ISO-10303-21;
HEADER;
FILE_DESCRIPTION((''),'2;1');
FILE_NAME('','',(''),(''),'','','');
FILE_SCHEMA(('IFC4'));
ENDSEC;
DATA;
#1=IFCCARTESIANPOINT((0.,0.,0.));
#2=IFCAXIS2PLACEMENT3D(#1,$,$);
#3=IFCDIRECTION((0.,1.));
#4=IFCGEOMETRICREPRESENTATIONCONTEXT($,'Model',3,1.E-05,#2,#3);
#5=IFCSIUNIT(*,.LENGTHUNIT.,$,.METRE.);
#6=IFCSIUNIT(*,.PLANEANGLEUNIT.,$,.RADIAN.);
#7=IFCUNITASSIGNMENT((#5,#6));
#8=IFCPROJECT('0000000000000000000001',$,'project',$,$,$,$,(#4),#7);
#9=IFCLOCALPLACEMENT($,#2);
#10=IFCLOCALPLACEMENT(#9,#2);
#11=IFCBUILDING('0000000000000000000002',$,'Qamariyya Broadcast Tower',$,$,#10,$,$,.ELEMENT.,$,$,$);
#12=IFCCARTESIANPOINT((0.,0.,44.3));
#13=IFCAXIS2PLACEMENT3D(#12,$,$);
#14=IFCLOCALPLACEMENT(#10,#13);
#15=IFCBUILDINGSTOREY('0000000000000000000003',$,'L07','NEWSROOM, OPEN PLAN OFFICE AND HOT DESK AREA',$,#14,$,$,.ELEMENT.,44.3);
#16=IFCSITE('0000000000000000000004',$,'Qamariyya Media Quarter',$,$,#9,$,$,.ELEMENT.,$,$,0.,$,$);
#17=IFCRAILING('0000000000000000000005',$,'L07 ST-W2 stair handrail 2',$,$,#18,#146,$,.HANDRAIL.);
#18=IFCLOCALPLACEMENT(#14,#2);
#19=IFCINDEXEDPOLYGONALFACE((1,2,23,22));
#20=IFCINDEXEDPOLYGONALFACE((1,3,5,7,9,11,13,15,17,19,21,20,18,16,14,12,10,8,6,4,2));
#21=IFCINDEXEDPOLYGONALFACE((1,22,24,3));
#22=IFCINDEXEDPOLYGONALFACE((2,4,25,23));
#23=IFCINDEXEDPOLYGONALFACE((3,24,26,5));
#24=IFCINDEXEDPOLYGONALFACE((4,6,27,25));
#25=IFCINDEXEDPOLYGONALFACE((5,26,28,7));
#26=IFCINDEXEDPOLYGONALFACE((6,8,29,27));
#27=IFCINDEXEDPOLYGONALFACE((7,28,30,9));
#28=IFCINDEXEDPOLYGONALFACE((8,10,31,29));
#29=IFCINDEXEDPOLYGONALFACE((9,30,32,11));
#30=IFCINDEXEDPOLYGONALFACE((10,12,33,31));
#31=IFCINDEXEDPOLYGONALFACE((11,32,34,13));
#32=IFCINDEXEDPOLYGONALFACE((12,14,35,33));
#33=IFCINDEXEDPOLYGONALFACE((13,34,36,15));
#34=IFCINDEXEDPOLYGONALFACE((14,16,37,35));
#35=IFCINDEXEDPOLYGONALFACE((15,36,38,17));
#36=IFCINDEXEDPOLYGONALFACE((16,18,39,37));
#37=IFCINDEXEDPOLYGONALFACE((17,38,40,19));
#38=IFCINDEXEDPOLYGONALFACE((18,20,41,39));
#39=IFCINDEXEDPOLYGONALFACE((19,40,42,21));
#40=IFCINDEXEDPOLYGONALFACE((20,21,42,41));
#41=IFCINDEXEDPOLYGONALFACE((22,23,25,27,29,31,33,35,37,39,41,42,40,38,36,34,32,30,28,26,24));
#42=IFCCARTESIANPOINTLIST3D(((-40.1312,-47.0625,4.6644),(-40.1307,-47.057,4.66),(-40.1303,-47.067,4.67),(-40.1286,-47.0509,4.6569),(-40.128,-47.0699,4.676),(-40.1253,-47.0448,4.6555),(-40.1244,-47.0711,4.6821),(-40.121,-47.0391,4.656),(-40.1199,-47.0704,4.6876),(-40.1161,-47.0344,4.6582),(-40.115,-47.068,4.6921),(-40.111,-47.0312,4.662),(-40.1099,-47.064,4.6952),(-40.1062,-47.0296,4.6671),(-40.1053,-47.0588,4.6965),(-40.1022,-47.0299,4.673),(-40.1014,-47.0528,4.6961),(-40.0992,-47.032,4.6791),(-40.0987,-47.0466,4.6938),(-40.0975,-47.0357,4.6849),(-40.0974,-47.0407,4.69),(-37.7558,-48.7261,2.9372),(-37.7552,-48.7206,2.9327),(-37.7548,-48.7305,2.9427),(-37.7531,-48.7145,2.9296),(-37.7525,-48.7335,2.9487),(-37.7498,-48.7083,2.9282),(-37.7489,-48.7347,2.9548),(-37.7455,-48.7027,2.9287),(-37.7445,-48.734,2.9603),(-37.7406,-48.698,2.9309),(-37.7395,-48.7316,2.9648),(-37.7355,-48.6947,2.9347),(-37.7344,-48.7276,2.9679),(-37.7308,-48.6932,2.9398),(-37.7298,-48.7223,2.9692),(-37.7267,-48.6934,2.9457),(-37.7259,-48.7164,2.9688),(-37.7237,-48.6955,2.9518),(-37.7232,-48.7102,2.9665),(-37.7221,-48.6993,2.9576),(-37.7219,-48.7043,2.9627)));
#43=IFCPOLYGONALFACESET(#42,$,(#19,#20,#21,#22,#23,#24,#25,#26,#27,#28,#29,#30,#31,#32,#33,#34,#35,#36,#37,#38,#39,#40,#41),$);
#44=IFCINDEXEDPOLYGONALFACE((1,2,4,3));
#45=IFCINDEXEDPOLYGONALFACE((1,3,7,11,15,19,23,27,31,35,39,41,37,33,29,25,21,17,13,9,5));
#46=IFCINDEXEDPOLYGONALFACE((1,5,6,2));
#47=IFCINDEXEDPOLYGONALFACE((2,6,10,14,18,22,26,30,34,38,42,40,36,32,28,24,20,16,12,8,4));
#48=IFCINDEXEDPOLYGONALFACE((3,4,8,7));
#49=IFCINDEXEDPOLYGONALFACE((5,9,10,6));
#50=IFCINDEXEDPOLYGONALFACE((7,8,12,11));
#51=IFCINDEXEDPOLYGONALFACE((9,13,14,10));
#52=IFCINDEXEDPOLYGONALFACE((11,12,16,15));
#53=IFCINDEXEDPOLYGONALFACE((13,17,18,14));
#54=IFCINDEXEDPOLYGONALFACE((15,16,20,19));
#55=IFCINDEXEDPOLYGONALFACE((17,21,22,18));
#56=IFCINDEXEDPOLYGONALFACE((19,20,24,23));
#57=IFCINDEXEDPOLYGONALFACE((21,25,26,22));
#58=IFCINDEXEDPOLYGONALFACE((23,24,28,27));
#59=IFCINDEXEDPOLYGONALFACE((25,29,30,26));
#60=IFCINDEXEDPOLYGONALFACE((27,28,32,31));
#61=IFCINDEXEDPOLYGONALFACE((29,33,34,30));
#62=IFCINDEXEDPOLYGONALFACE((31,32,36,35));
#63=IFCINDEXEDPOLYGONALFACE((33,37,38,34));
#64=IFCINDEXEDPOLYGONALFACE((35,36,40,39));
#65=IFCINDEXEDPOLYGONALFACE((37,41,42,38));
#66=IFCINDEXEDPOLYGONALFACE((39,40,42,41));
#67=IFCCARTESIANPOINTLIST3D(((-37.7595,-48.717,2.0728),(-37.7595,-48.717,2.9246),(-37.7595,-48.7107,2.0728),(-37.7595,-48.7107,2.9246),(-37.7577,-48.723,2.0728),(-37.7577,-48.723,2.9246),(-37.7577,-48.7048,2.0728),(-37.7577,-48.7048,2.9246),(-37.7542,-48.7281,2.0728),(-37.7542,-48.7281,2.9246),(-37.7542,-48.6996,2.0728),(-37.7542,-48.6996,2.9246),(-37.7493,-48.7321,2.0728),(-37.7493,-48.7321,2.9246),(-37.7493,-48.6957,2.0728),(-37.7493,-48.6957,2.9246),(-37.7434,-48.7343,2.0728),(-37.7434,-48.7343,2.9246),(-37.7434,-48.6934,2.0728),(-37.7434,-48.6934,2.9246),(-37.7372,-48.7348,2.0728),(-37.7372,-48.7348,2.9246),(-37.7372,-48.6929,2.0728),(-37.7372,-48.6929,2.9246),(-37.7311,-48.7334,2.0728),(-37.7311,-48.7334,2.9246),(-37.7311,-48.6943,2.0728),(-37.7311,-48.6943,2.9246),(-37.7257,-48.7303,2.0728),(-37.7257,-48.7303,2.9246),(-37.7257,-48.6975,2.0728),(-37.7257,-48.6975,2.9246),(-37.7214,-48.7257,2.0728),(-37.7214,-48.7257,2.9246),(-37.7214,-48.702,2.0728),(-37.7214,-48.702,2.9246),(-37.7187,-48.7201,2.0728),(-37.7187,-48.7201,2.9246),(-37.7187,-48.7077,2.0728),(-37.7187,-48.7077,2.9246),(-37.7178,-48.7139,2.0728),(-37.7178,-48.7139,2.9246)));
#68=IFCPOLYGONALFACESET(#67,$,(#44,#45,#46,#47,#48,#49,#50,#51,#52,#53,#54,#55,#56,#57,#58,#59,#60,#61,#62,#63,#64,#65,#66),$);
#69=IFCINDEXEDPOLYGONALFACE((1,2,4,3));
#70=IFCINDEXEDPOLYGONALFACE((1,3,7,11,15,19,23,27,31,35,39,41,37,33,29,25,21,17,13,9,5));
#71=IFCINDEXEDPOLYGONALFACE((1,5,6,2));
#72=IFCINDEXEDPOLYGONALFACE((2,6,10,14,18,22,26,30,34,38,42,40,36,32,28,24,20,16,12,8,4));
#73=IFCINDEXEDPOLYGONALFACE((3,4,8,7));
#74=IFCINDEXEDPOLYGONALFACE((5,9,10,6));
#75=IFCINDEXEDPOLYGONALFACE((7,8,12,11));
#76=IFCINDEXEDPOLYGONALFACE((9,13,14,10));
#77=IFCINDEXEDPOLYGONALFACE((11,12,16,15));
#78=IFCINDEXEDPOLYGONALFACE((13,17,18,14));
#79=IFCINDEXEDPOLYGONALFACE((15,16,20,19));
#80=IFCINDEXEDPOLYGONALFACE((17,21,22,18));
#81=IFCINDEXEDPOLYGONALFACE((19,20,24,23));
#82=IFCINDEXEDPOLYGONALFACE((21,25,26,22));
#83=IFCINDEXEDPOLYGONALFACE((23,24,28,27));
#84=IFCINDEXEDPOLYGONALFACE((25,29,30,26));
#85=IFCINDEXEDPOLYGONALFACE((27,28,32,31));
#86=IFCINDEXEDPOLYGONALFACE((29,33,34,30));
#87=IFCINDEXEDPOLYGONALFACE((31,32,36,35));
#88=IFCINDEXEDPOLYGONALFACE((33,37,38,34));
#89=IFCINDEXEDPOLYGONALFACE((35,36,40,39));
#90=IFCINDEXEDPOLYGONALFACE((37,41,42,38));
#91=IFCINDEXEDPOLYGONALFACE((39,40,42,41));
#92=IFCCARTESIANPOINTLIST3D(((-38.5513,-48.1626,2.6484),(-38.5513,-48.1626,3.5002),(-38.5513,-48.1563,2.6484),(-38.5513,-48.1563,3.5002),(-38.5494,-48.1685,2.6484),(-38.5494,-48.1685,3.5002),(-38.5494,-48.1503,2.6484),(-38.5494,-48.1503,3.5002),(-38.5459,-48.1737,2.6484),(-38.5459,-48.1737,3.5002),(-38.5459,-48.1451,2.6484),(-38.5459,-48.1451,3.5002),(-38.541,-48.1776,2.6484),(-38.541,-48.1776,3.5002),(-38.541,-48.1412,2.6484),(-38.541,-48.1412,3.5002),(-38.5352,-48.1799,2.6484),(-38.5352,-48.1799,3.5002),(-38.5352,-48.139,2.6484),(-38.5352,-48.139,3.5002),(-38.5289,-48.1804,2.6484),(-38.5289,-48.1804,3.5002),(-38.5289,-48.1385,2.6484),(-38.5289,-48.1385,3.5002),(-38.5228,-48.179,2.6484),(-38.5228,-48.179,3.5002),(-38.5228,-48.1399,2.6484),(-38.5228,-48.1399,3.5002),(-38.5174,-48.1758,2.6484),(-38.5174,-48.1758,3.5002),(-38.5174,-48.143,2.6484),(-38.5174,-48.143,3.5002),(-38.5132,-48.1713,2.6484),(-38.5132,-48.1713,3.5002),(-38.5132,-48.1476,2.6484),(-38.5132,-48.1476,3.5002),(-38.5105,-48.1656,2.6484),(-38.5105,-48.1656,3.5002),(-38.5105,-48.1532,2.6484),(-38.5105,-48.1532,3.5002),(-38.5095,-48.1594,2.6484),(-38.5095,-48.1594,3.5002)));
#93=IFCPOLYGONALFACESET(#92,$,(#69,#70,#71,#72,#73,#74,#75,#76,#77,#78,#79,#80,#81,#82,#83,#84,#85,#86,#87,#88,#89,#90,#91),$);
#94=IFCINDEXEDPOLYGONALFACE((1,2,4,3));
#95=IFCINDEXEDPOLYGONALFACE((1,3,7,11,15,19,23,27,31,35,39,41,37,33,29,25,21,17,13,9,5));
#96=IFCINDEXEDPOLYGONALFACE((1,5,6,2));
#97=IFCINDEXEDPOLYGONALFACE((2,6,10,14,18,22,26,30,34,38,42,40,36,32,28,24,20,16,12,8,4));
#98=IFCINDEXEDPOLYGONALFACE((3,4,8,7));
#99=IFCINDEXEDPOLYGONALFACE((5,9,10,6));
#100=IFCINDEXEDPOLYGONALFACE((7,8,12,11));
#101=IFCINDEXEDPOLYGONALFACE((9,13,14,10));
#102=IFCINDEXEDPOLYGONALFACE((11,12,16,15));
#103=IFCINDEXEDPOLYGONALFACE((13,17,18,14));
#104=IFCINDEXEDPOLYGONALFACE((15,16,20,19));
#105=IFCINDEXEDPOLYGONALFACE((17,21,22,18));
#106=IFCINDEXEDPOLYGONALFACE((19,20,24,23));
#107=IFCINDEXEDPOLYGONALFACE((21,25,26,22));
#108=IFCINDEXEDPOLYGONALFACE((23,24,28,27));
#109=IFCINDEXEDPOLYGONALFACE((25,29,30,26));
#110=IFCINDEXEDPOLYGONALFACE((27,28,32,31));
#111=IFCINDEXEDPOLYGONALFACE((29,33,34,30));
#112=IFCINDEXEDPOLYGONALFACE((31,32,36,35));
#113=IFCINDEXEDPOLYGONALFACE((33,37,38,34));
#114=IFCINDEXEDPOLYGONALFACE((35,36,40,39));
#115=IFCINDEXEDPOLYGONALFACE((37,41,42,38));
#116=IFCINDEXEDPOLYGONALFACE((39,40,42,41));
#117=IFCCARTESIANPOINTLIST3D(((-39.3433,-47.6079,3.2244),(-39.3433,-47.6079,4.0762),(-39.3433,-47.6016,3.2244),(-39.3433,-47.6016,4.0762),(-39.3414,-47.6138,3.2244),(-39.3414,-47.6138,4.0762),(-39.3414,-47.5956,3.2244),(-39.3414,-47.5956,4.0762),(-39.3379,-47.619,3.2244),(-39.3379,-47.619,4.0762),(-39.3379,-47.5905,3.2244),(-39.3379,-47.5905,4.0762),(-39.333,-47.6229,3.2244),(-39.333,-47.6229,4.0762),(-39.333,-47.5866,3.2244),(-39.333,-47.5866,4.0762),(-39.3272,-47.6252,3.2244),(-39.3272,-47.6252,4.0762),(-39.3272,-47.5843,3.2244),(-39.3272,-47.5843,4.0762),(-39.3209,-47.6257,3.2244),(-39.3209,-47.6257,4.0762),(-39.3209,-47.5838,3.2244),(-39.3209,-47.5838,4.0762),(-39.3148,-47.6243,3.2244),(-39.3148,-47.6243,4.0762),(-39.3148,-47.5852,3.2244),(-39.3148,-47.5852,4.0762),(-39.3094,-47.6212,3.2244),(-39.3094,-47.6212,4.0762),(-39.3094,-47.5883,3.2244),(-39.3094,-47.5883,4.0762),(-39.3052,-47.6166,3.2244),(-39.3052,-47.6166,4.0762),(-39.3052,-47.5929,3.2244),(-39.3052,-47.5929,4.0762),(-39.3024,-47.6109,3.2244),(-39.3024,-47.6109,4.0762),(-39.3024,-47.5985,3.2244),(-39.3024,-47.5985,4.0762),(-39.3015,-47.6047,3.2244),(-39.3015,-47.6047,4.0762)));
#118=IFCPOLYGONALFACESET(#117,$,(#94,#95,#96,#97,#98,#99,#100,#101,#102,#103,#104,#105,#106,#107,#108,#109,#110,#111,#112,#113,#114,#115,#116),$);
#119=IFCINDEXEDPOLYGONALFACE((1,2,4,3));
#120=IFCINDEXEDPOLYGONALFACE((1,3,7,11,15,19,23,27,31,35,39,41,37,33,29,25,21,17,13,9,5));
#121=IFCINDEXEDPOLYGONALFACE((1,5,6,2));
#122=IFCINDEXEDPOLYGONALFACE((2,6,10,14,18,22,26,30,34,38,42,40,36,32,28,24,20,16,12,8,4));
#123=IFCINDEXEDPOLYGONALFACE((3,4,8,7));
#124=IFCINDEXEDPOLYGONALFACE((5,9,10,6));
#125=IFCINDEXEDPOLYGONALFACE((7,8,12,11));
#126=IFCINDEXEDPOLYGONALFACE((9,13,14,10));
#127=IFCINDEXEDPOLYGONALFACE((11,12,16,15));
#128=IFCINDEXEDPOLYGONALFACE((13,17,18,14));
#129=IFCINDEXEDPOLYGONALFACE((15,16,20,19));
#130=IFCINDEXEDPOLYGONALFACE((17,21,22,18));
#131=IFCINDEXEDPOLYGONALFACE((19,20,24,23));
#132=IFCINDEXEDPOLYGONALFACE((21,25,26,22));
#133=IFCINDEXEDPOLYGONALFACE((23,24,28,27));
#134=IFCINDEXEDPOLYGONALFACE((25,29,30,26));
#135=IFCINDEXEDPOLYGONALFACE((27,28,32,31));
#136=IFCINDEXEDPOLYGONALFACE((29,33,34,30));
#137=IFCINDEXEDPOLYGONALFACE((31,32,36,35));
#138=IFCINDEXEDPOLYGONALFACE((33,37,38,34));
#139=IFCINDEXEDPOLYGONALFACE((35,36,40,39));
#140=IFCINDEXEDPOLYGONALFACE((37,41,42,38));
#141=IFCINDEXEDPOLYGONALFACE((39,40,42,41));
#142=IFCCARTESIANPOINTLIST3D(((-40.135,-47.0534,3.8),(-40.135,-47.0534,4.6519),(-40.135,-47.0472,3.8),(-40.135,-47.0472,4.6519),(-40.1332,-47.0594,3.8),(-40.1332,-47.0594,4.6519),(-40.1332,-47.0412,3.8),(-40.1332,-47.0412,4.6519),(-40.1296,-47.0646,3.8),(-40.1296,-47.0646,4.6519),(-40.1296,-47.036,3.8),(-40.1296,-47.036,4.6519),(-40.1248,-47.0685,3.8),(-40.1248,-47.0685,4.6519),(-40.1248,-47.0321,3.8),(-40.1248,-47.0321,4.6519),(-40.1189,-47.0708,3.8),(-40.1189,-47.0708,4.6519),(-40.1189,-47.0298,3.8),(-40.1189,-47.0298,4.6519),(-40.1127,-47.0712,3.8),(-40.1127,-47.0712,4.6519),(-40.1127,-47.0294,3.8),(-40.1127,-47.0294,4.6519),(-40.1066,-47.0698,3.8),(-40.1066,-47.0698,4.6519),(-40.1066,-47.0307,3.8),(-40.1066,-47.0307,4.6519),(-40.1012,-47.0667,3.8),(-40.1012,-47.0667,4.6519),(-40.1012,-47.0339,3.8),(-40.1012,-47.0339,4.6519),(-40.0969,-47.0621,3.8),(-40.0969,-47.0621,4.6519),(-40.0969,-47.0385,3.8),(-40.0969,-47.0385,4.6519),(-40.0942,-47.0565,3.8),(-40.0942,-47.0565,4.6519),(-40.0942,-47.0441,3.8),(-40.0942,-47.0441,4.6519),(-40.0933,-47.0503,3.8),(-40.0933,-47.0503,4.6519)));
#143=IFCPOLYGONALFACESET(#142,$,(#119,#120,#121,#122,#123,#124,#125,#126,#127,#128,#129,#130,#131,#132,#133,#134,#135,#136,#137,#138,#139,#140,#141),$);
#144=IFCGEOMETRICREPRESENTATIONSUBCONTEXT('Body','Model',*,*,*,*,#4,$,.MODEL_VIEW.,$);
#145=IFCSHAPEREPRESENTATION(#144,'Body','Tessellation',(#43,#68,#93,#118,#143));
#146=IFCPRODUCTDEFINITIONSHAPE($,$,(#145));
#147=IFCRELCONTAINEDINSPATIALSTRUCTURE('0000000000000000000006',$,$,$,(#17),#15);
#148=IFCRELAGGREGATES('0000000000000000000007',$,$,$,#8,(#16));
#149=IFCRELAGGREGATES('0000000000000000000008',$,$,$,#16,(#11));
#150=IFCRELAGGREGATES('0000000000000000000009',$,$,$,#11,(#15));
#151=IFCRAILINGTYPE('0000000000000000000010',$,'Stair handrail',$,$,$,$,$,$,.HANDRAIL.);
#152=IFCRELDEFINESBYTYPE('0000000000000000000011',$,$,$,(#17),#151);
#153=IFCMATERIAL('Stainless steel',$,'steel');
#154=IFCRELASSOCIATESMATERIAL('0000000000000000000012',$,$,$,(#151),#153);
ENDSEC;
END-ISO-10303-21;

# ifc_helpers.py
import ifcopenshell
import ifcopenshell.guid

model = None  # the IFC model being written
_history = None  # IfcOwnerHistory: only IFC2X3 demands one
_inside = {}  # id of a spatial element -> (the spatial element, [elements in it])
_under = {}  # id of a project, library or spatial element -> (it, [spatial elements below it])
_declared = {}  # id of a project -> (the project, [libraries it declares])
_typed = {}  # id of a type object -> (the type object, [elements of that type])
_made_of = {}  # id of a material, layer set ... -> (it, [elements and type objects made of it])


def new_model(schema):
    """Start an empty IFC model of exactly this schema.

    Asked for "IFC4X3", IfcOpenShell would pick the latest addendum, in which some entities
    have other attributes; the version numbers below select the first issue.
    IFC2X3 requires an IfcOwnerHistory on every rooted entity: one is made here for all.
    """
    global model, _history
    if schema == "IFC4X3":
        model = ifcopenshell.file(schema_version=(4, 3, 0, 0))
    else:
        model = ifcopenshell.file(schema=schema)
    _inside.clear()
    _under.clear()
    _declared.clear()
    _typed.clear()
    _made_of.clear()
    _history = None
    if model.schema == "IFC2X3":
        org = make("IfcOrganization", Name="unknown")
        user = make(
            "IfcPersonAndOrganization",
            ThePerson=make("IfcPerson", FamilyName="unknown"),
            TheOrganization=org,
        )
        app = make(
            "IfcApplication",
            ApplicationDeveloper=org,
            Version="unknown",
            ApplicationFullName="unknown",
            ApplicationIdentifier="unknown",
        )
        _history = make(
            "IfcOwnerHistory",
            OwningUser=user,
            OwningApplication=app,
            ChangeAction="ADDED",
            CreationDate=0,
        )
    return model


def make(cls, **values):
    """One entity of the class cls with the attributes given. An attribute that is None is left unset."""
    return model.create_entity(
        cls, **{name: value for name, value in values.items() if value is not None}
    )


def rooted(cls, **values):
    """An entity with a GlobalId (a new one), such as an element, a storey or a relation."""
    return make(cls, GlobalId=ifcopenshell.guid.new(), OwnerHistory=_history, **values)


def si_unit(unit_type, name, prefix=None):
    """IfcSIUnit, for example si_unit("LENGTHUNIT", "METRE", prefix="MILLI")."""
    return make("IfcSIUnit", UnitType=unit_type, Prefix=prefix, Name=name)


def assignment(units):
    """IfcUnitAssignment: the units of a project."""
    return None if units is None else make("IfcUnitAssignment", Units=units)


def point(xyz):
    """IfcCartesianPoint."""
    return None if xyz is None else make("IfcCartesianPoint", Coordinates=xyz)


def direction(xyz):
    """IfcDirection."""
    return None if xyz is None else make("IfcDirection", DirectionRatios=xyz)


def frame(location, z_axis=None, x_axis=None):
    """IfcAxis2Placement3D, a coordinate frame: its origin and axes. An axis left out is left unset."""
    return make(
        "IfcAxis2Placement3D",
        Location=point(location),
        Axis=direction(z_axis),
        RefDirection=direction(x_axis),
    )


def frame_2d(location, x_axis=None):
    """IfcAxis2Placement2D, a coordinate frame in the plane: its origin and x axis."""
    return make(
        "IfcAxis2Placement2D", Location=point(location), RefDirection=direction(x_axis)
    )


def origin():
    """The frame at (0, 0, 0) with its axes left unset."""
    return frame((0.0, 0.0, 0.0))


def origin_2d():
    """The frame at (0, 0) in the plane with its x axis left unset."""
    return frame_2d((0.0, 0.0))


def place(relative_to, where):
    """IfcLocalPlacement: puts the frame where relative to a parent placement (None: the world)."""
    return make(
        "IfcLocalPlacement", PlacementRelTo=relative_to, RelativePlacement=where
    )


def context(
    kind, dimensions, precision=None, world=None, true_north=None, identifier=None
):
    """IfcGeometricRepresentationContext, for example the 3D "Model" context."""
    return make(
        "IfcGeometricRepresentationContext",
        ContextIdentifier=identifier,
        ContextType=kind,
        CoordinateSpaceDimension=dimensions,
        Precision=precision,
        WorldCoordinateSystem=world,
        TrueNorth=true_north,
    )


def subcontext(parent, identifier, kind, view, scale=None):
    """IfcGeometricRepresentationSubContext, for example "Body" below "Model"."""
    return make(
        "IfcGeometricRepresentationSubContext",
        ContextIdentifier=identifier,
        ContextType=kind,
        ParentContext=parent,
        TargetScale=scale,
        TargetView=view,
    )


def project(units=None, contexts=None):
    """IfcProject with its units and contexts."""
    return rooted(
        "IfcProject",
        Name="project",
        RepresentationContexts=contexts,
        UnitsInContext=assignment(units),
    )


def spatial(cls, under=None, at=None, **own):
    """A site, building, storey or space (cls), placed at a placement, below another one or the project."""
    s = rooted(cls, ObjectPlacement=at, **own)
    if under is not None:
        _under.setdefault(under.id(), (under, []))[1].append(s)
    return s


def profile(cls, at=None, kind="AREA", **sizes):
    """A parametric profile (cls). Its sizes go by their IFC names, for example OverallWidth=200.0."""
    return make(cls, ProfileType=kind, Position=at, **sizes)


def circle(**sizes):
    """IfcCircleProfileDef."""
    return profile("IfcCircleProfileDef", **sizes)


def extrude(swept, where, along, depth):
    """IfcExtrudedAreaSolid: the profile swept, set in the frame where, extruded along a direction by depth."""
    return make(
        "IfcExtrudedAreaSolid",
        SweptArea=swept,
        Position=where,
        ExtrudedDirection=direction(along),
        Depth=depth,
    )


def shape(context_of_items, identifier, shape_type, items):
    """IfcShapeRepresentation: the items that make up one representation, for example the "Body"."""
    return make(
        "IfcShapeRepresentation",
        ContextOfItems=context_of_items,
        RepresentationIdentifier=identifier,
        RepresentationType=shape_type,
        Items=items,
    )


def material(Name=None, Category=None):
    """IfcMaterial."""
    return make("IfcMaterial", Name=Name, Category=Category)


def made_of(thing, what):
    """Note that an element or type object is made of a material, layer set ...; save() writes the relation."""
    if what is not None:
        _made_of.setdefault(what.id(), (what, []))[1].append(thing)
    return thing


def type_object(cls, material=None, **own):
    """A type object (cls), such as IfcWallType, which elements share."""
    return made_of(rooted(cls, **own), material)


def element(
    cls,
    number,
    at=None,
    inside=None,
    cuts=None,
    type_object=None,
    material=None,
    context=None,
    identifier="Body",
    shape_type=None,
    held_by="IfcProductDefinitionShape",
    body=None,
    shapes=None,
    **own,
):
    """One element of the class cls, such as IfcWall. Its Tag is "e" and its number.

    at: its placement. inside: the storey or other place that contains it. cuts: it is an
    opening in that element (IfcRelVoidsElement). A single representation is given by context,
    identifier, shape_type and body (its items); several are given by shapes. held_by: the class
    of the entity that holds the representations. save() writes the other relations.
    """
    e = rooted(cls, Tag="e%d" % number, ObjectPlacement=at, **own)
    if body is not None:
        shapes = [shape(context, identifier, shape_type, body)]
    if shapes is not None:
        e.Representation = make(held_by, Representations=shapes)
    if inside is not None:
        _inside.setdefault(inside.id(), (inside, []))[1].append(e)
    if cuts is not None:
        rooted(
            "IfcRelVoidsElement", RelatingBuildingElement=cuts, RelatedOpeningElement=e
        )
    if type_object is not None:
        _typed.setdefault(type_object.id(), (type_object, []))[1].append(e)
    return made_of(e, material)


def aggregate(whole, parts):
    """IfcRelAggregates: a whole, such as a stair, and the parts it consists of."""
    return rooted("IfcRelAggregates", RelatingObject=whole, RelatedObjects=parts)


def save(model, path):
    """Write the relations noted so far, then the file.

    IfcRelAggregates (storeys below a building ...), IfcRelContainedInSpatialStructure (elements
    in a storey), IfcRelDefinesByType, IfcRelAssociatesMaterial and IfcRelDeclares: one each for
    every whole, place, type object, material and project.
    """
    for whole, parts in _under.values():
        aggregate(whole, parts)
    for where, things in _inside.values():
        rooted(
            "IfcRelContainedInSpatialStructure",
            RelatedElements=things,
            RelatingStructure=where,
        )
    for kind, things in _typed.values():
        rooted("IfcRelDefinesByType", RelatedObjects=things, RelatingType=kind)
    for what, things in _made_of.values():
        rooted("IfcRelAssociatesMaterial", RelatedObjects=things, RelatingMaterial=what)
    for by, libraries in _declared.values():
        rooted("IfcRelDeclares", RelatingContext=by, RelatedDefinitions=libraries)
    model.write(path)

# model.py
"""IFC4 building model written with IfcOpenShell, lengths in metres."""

from ifc_helpers import new_model, si_unit, direction, frame, origin, origin_2d, place, context, subcontext, project, spatial, circle, extrude, material, type_object, element, save


model = new_model("IFC4")

# Units and contexts
model_context = context("Model", 3, precision=1e-05, world=origin(), true_north=direction((0.0, 1.0)))
body_context = subcontext(model_context, "Body", "Model", "MODEL_VIEW")
ifc_project = project(units=[si_unit("LENGTHUNIT", "METRE"), si_unit("PLANEANGLEUNIT", "RADIAN")], contexts=[model_context])

# Site, building, storey
site_placement = place(None, origin())
site = spatial("IfcSite", under=ifc_project, at=site_placement, Name="Qamariyya Media Quarter", CompositionType="ELEMENT", RefElevation=0.0)
building_placement = place(site_placement, origin())
building = spatial("IfcBuilding", under=site, at=building_placement, Name="Qamariyya Broadcast Tower", CompositionType="ELEMENT")
storey_placement = place(building_placement, frame((0.0, 0.0, 44.3)))
storey = spatial("IfcBuildingStorey", under=building, at=storey_placement, Name="L07", Description="NEWSROOM, OPEN PLAN OFFICE AND HOT DESK AREA", CompositionType="ELEMENT", Elevation=44.3)

# Railing
ifc_material_1 = material(Name="Stainless steel", Category="steel")
railing_type_1 = type_object("IfcRailingType", Name="Stair handrail", PredefinedType="HANDRAIL", material=ifc_material_1)
railing_1_placement = place(storey_placement, frame((-37.7388, -48.7139, 2.0728)))
element("IfcRailing", 1, at=railing_1_placement, inside=storey, type_object=railing_type_1, Name="L07 ST-W2 stair handrail 2", PredefinedType="HANDRAIL", context=body_context, shape_type="SweptSolid", body=[
    extrude(circle(Radius=0.0239, at=origin_2d()), frame((0.0, 0.0, 0.876), z_axis=(-0.703745, 0.492838, 0.511716), x_axis=(-0.573632, -0.819113, 0.0)), (0.0, 0.0, 1.0), 3.3755),
    extrude(circle(Radius=0.021, at=origin_2d()), origin(), (0.0, 0.0, 1.0), 0.8518),
    extrude(circle(Radius=0.021, at=origin_2d()), frame((-0.7917, 0.5544, 0.5757)), (0.0, 0.0, 1.0), 0.8518),
    extrude(circle(Radius=0.021, at=origin_2d()), frame((-1.5837, 1.1091, 1.1516)), (0.0, 0.0, 1.0), 0.8518),
    extrude(circle(Radius=0.021, at=origin_2d()), frame((-2.3755, 1.6636, 1.7273)), (0.0, 0.0, 1.0), 0.8518),
])

save(model, "model.ifc")
